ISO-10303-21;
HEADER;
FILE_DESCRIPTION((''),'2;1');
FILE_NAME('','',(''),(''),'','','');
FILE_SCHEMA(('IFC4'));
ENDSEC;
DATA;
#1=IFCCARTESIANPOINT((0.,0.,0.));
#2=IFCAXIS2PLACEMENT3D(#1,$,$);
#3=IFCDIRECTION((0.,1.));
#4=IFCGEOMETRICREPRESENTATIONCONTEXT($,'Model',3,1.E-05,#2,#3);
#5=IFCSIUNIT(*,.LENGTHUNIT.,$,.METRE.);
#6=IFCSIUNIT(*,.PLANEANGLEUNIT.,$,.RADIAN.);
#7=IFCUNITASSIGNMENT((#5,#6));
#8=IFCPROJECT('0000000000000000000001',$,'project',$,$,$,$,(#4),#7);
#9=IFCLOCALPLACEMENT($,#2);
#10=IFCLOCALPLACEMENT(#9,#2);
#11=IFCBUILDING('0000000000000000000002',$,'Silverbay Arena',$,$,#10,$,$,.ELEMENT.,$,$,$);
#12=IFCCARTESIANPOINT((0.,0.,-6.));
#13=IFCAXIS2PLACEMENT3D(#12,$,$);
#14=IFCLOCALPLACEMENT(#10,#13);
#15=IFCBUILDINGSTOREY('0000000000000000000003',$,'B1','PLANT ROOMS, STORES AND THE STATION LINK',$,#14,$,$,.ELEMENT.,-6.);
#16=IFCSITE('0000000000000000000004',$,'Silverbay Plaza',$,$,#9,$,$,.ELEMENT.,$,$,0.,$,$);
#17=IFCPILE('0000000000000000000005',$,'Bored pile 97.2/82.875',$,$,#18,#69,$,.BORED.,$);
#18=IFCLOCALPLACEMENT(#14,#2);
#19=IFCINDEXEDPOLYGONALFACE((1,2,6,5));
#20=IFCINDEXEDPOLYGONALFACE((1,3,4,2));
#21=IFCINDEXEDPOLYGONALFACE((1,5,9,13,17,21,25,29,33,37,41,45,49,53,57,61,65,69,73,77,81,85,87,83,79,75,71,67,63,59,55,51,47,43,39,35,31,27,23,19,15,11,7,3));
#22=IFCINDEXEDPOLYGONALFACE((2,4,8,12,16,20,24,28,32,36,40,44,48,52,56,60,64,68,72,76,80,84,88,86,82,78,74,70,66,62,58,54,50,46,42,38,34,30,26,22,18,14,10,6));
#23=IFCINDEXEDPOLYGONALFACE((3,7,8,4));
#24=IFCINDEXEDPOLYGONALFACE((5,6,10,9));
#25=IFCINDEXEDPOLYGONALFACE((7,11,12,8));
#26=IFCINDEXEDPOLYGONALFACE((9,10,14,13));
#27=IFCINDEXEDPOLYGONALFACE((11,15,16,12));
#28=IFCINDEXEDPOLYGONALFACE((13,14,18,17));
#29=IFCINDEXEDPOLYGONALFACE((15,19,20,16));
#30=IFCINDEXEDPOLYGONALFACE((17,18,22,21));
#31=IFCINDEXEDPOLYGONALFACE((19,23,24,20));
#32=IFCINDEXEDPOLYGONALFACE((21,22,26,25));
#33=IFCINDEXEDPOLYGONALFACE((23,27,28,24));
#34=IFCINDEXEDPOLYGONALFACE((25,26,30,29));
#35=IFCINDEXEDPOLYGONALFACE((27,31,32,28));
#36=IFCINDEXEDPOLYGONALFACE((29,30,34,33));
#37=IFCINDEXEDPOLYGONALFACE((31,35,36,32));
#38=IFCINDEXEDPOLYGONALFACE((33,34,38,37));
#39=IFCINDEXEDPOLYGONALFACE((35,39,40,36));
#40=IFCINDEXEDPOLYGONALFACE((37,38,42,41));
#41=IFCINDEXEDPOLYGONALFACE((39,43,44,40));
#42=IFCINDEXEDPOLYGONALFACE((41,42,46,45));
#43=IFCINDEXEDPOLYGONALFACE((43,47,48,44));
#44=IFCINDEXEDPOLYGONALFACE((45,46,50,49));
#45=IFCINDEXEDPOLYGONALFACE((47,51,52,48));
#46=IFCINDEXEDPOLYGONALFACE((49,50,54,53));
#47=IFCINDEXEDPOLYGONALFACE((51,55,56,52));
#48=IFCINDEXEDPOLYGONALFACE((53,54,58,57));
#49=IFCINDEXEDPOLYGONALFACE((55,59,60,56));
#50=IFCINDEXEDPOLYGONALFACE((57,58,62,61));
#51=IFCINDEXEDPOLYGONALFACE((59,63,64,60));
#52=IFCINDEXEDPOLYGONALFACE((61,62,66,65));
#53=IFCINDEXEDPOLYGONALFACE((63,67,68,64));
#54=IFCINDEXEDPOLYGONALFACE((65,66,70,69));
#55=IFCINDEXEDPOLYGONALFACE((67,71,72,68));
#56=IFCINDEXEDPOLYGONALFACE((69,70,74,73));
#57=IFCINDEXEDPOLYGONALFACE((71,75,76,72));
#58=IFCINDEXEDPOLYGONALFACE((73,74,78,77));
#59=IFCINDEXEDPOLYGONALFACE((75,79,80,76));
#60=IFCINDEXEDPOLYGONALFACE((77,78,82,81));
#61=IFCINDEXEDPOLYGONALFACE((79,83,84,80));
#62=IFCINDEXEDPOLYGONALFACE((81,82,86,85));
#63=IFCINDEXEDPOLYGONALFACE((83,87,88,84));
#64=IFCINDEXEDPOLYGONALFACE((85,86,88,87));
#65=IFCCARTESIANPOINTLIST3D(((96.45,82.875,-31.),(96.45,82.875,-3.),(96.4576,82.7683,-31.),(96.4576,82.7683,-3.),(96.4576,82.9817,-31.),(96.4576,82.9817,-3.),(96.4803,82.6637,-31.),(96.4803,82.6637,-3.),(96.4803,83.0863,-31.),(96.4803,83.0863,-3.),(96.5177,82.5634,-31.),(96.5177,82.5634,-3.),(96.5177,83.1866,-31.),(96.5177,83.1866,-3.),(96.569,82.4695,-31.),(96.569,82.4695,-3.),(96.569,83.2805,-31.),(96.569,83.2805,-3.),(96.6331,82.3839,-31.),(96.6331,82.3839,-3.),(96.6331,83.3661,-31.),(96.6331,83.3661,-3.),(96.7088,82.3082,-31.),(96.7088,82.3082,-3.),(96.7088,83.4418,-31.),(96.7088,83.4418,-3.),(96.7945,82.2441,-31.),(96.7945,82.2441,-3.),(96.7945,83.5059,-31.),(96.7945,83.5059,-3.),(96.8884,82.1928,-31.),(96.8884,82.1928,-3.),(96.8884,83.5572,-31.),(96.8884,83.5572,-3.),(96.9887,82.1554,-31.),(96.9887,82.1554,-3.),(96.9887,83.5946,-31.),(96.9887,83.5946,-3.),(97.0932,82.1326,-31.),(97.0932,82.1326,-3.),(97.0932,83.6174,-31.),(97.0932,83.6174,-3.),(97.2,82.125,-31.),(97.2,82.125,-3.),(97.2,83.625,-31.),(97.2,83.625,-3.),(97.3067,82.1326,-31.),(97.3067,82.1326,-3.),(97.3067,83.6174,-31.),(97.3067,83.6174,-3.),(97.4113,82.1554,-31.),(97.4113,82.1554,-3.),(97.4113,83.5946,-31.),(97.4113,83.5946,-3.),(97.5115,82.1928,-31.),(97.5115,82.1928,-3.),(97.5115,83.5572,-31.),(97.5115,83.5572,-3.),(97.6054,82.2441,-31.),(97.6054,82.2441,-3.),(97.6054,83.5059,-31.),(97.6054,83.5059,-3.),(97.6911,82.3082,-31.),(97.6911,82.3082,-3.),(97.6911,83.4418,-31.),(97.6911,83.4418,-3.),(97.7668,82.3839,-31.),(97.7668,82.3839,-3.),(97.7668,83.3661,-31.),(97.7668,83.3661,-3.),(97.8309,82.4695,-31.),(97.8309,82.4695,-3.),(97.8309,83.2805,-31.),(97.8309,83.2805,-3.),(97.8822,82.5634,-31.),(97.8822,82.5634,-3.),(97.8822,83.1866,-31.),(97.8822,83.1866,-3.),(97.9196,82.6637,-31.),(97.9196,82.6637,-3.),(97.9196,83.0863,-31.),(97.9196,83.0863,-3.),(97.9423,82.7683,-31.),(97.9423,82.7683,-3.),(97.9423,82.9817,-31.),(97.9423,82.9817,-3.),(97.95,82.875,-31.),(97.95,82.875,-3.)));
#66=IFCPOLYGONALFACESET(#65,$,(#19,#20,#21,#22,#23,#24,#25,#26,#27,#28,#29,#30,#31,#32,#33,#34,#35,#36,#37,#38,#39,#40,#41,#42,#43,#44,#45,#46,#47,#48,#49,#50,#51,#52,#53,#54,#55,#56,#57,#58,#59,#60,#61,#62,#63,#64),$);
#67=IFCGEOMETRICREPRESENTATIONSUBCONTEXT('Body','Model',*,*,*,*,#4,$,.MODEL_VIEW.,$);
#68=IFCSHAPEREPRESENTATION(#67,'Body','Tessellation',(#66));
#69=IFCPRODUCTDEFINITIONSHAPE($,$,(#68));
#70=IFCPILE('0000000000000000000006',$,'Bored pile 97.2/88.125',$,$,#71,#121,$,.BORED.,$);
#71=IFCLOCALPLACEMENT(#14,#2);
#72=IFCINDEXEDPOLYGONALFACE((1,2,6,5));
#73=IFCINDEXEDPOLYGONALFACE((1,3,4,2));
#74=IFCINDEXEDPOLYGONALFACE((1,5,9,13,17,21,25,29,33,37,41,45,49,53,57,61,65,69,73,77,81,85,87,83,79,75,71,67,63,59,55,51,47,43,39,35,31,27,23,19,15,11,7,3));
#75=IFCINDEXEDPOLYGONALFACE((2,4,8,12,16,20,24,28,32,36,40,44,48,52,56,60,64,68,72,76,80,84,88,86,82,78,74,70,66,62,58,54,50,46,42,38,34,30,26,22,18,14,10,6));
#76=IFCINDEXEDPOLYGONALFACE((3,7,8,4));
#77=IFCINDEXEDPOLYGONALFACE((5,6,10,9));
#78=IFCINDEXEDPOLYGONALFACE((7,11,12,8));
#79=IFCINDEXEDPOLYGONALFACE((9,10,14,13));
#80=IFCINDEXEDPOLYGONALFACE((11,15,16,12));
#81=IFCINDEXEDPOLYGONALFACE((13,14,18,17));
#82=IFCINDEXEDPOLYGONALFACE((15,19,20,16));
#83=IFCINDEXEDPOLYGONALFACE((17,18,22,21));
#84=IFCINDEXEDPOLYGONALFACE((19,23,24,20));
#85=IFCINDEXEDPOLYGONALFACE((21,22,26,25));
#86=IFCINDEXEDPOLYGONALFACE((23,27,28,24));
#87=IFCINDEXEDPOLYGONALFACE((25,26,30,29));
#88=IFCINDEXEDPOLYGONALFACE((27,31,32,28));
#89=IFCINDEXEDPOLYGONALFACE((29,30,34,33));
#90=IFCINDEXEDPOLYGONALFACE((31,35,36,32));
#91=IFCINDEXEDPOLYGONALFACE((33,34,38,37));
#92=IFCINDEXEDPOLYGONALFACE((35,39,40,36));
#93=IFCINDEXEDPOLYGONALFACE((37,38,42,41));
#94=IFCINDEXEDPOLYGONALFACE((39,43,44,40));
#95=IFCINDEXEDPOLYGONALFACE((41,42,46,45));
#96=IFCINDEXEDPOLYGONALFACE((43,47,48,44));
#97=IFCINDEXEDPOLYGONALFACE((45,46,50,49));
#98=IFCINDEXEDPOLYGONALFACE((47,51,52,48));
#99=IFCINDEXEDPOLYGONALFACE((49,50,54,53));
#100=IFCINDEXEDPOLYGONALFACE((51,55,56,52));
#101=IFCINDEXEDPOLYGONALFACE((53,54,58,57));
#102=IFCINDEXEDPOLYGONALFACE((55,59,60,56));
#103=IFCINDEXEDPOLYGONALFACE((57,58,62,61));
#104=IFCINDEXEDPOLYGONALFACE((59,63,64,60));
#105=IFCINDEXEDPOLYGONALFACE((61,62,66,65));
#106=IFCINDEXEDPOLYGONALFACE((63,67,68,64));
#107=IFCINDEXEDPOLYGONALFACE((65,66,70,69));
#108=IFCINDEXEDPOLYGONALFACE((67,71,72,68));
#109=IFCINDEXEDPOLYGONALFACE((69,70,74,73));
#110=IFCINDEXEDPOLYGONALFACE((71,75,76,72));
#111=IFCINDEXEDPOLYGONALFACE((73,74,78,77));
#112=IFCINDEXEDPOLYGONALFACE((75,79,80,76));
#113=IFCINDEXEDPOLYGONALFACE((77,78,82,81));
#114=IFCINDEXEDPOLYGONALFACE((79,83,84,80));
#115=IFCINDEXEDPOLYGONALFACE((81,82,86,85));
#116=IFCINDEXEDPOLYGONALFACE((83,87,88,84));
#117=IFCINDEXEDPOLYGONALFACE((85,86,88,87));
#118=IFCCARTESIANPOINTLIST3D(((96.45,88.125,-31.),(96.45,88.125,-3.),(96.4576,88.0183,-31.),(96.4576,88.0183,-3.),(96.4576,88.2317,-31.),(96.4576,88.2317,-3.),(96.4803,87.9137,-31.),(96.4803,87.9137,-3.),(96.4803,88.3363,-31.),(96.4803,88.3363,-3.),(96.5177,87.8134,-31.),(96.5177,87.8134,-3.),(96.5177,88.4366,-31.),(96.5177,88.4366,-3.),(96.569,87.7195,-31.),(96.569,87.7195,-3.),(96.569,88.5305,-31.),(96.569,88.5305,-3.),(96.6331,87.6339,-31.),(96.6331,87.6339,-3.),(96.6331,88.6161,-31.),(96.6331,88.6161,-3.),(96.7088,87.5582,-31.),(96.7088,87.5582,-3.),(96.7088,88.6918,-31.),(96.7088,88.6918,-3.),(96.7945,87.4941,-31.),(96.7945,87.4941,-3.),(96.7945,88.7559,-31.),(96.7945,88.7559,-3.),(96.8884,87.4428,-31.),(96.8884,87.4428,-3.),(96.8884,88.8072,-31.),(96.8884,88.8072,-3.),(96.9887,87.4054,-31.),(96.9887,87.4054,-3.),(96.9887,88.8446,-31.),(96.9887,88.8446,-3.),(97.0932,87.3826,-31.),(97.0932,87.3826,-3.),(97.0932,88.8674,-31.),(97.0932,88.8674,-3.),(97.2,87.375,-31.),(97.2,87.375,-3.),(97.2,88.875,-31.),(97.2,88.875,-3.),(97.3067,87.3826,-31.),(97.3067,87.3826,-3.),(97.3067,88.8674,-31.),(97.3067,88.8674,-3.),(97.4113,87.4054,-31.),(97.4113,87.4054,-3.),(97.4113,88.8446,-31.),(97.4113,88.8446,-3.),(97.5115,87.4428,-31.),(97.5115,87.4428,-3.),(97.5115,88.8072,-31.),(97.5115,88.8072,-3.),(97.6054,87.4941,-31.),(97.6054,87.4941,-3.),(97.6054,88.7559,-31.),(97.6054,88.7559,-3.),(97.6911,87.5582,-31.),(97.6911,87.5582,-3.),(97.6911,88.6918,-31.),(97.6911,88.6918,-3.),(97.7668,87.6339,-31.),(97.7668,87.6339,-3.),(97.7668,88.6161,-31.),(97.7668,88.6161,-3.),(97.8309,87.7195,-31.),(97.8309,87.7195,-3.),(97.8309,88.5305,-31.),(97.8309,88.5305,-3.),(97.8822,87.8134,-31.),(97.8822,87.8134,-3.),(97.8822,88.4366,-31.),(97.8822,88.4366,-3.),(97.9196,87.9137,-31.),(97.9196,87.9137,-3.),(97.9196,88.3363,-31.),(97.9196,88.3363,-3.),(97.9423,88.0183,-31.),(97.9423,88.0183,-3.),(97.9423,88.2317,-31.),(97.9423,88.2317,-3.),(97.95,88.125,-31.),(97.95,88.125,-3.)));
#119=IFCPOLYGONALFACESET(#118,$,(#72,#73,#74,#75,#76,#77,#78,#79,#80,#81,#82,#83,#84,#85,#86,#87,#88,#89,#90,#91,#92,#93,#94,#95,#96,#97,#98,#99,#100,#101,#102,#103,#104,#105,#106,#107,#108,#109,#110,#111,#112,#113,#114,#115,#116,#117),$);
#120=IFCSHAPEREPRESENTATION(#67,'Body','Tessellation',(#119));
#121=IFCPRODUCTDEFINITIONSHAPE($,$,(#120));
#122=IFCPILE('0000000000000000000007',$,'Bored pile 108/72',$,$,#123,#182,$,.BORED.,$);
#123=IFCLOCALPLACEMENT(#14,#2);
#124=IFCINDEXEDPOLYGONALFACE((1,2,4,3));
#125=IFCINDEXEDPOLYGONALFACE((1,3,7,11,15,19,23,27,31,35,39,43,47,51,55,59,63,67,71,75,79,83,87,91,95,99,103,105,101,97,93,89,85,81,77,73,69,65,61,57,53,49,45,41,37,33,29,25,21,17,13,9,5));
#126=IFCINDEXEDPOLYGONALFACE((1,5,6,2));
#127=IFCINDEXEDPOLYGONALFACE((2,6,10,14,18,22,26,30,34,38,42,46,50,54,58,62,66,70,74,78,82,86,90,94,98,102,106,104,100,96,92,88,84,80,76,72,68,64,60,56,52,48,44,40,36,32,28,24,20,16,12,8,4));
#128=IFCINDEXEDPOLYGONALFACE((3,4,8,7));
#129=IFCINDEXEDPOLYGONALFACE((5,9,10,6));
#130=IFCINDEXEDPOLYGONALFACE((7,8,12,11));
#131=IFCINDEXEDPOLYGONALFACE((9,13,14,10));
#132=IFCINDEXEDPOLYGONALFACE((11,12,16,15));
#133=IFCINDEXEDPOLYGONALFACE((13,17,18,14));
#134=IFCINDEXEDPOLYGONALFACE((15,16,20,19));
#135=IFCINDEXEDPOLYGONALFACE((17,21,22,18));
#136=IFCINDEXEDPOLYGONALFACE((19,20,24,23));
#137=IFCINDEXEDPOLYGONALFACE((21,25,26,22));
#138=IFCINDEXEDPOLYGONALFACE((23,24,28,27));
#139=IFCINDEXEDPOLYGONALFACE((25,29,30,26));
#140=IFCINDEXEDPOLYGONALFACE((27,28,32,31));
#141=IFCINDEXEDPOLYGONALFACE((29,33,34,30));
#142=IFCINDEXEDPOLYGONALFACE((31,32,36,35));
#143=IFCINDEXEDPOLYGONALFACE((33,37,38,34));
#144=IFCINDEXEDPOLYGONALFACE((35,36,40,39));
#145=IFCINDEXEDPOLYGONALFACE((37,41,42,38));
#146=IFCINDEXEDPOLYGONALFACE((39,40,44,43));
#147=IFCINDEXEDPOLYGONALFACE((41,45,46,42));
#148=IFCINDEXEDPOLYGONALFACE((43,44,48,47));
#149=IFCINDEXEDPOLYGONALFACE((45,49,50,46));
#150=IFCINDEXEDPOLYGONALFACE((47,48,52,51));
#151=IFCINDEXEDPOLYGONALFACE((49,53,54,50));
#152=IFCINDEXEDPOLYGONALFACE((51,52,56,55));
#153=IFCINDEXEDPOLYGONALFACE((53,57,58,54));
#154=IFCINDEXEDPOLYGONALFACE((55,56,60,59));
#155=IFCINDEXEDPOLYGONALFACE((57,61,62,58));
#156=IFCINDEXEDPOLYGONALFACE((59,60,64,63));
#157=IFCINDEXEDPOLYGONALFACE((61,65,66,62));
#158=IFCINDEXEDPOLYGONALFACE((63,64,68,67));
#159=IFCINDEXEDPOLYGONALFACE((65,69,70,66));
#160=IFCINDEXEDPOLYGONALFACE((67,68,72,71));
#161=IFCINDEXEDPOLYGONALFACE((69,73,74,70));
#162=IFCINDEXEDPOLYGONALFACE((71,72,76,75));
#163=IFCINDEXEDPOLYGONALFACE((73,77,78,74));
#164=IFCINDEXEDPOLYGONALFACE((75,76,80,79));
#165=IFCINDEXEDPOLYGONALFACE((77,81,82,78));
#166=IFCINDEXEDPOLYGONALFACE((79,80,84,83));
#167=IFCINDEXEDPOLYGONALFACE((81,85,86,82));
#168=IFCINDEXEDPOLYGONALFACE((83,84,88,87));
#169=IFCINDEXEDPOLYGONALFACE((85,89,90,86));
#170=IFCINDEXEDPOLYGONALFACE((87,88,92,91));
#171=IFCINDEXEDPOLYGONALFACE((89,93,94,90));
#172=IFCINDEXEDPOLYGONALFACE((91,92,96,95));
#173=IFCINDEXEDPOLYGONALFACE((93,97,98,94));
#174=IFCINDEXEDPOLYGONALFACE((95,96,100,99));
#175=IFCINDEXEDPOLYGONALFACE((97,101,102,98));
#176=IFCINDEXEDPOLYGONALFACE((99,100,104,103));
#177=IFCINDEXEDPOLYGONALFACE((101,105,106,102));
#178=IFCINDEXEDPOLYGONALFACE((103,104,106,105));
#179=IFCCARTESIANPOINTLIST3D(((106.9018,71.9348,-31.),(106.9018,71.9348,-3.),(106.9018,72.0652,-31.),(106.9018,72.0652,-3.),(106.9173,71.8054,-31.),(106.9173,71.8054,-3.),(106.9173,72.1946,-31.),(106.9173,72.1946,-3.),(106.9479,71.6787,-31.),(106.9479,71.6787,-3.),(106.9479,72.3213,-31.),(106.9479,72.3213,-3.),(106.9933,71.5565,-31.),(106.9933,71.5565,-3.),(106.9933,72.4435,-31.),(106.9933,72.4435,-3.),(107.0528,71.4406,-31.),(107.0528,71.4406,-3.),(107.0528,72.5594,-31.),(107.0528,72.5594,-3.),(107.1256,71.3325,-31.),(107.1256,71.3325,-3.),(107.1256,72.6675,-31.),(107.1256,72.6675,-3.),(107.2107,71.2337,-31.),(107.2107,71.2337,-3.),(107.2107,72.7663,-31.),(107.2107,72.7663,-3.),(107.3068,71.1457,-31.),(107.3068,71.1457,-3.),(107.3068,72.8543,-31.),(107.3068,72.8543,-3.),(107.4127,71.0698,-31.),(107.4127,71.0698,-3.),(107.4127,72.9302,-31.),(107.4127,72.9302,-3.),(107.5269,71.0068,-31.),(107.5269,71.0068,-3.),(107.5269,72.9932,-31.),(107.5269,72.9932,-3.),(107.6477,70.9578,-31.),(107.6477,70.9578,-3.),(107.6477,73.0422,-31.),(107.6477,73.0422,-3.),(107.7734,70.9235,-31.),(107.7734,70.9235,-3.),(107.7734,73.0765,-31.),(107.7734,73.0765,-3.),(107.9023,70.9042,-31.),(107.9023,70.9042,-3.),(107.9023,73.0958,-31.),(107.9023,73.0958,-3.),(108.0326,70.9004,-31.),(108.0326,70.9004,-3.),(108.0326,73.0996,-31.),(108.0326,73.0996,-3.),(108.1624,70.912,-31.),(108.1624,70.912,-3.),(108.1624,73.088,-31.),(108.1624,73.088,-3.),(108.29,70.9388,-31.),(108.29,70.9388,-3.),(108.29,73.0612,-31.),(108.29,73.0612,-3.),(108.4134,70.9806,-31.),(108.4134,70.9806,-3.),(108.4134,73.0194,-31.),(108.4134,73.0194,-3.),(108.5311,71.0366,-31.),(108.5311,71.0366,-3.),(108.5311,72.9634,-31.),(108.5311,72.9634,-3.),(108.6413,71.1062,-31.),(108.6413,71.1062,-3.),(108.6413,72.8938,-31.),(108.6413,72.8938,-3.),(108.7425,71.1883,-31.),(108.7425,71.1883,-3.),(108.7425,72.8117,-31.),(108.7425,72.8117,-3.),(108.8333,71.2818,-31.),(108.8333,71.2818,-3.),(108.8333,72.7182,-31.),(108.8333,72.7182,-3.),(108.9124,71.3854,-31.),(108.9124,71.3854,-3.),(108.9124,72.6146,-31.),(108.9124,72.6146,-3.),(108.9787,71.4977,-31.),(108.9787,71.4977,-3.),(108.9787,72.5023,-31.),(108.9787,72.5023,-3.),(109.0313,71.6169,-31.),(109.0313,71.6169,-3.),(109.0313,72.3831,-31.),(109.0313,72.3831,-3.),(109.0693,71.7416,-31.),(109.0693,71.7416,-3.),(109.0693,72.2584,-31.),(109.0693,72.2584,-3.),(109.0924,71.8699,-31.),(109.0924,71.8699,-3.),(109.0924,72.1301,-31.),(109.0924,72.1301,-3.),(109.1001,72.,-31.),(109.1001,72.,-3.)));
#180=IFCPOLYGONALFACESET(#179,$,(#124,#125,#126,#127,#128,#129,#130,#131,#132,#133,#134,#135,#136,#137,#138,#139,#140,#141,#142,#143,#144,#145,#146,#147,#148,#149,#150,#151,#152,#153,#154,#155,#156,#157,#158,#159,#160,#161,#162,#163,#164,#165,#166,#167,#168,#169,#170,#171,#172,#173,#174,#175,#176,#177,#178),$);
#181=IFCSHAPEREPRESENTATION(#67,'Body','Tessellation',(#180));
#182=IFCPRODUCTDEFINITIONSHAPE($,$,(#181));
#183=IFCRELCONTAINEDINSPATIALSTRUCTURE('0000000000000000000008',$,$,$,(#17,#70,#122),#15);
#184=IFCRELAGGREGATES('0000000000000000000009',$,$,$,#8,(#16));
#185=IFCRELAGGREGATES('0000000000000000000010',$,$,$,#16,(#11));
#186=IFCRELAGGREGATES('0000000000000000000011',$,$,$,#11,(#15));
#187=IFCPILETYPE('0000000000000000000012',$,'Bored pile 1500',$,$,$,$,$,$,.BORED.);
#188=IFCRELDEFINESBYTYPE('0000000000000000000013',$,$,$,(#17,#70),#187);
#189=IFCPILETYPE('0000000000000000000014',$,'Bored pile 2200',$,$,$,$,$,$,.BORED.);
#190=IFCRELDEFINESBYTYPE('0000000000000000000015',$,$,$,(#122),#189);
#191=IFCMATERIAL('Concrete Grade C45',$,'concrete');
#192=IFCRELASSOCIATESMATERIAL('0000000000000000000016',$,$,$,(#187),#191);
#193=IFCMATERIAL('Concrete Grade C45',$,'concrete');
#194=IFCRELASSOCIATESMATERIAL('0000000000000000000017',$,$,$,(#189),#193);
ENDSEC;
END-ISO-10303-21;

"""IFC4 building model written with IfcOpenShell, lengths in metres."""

from ifc_helpers import new_model, si_unit, direction, frame, origin, origin_2d, place, context, subcontext, project, spatial, circle, extrude, material, material_profile, profile_set, type_object, element, save


model = new_model("IFC4")

# Units and contexts
model_context = context("Model", 3, precision=1e-05, world=origin(), true_north=direction((0.0, 1.0)))
body_context = subcontext(model_context, "Body", "Model", "MODEL_VIEW")
ifc_project = project(units=[si_unit("LENGTHUNIT", "METRE"), si_unit("PLANEANGLEUNIT", "RADIAN")], contexts=[model_context])

# Site, building, storey
site_placement = place(None, origin())
site = spatial("IfcSite", under=ifc_project, at=site_placement, Name="Silverbay Plaza", CompositionType="ELEMENT", RefElevation=0.0)
building_placement = place(site_placement, origin())
building = spatial("IfcBuilding", under=site, at=building_placement, Name="Silverbay Arena", CompositionType="ELEMENT")
storey_placement = place(building_placement, frame((0.0, 0.0, -6.0)))
storey = spatial("IfcBuildingStorey", under=building, at=storey_placement, Name="B1", Description="PLANT ROOMS, STORES AND THE STATION LINK", CompositionType="ELEMENT", Elevation=-6.0)

# Piles
ifc_material_1 = material(Name="Concrete Grade C45", Category="concrete")
ifc_material_profile_1 = material_profile(ifc_material_1, circle(Radius=0.75, at=origin_2d()), Name="Bored pile 1500")
ifc_profile_set_1 = profile_set([ifc_material_profile_1], Name="Concrete Grade C45")
pile_type_1 = type_object("IfcPileType", Name="Bored pile 1500", PredefinedType="BORED", material=ifc_profile_set_1)
for number, where, z_axis, x_axis, name in (
    (1, (97.2, 82.875, -3.0), (0.0, 0.0, -1.0), (1.0, 0.0, 0.0), "Bored pile 97.2/82.875"),
    (2, (97.2, 88.125, -3.0), (0.0, 0.0, -1.0), (1.0, 0.0, 0.0), "Bored pile 97.2/88.125"),
):
    element("IfcPile", number, at=place(storey_placement, frame(where, z_axis=z_axis, x_axis=x_axis)), inside=storey, type_object=pile_type_1, Name=name, PredefinedType="BORED", context=body_context, shape_type="SweptSolid", body=[
        extrude(circle(Radius=0.75, at=origin_2d()), origin(), (0.0, 0.0, 1.0), 28.0),
    ])
ifc_material_2 = material(Name="Concrete Grade C45", Category="concrete")
ifc_material_profile_2 = material_profile(ifc_material_2, circle(Radius=1.1001, at=origin_2d()), Name="Bored pile 2200")
ifc_profile_set_2 = profile_set([ifc_material_profile_2], Name="Concrete Grade C45")
pile_type_2 = type_object("IfcPileType", Name="Bored pile 2200", PredefinedType="BORED", material=ifc_profile_set_2)
for number, where, z_axis, x_axis, name in (
    (3, (108.0, 72.0, -3.0), (0.0, 0.0, -1.0), (1.0, 0.0, 0.0), "Bored pile 108/72"),
):
    element("IfcPile", number, at=place(storey_placement, frame(where, z_axis=z_axis, x_axis=x_axis)), inside=storey, type_object=pile_type_2, Name=name, PredefinedType="BORED", context=body_context, shape_type="SweptSolid", body=[
        extrude(circle(Radius=1.1001, at=origin_2d()), origin(), (0.0, 0.0, 1.0), 28.0),
    ])

save(model, "model.ifc")
